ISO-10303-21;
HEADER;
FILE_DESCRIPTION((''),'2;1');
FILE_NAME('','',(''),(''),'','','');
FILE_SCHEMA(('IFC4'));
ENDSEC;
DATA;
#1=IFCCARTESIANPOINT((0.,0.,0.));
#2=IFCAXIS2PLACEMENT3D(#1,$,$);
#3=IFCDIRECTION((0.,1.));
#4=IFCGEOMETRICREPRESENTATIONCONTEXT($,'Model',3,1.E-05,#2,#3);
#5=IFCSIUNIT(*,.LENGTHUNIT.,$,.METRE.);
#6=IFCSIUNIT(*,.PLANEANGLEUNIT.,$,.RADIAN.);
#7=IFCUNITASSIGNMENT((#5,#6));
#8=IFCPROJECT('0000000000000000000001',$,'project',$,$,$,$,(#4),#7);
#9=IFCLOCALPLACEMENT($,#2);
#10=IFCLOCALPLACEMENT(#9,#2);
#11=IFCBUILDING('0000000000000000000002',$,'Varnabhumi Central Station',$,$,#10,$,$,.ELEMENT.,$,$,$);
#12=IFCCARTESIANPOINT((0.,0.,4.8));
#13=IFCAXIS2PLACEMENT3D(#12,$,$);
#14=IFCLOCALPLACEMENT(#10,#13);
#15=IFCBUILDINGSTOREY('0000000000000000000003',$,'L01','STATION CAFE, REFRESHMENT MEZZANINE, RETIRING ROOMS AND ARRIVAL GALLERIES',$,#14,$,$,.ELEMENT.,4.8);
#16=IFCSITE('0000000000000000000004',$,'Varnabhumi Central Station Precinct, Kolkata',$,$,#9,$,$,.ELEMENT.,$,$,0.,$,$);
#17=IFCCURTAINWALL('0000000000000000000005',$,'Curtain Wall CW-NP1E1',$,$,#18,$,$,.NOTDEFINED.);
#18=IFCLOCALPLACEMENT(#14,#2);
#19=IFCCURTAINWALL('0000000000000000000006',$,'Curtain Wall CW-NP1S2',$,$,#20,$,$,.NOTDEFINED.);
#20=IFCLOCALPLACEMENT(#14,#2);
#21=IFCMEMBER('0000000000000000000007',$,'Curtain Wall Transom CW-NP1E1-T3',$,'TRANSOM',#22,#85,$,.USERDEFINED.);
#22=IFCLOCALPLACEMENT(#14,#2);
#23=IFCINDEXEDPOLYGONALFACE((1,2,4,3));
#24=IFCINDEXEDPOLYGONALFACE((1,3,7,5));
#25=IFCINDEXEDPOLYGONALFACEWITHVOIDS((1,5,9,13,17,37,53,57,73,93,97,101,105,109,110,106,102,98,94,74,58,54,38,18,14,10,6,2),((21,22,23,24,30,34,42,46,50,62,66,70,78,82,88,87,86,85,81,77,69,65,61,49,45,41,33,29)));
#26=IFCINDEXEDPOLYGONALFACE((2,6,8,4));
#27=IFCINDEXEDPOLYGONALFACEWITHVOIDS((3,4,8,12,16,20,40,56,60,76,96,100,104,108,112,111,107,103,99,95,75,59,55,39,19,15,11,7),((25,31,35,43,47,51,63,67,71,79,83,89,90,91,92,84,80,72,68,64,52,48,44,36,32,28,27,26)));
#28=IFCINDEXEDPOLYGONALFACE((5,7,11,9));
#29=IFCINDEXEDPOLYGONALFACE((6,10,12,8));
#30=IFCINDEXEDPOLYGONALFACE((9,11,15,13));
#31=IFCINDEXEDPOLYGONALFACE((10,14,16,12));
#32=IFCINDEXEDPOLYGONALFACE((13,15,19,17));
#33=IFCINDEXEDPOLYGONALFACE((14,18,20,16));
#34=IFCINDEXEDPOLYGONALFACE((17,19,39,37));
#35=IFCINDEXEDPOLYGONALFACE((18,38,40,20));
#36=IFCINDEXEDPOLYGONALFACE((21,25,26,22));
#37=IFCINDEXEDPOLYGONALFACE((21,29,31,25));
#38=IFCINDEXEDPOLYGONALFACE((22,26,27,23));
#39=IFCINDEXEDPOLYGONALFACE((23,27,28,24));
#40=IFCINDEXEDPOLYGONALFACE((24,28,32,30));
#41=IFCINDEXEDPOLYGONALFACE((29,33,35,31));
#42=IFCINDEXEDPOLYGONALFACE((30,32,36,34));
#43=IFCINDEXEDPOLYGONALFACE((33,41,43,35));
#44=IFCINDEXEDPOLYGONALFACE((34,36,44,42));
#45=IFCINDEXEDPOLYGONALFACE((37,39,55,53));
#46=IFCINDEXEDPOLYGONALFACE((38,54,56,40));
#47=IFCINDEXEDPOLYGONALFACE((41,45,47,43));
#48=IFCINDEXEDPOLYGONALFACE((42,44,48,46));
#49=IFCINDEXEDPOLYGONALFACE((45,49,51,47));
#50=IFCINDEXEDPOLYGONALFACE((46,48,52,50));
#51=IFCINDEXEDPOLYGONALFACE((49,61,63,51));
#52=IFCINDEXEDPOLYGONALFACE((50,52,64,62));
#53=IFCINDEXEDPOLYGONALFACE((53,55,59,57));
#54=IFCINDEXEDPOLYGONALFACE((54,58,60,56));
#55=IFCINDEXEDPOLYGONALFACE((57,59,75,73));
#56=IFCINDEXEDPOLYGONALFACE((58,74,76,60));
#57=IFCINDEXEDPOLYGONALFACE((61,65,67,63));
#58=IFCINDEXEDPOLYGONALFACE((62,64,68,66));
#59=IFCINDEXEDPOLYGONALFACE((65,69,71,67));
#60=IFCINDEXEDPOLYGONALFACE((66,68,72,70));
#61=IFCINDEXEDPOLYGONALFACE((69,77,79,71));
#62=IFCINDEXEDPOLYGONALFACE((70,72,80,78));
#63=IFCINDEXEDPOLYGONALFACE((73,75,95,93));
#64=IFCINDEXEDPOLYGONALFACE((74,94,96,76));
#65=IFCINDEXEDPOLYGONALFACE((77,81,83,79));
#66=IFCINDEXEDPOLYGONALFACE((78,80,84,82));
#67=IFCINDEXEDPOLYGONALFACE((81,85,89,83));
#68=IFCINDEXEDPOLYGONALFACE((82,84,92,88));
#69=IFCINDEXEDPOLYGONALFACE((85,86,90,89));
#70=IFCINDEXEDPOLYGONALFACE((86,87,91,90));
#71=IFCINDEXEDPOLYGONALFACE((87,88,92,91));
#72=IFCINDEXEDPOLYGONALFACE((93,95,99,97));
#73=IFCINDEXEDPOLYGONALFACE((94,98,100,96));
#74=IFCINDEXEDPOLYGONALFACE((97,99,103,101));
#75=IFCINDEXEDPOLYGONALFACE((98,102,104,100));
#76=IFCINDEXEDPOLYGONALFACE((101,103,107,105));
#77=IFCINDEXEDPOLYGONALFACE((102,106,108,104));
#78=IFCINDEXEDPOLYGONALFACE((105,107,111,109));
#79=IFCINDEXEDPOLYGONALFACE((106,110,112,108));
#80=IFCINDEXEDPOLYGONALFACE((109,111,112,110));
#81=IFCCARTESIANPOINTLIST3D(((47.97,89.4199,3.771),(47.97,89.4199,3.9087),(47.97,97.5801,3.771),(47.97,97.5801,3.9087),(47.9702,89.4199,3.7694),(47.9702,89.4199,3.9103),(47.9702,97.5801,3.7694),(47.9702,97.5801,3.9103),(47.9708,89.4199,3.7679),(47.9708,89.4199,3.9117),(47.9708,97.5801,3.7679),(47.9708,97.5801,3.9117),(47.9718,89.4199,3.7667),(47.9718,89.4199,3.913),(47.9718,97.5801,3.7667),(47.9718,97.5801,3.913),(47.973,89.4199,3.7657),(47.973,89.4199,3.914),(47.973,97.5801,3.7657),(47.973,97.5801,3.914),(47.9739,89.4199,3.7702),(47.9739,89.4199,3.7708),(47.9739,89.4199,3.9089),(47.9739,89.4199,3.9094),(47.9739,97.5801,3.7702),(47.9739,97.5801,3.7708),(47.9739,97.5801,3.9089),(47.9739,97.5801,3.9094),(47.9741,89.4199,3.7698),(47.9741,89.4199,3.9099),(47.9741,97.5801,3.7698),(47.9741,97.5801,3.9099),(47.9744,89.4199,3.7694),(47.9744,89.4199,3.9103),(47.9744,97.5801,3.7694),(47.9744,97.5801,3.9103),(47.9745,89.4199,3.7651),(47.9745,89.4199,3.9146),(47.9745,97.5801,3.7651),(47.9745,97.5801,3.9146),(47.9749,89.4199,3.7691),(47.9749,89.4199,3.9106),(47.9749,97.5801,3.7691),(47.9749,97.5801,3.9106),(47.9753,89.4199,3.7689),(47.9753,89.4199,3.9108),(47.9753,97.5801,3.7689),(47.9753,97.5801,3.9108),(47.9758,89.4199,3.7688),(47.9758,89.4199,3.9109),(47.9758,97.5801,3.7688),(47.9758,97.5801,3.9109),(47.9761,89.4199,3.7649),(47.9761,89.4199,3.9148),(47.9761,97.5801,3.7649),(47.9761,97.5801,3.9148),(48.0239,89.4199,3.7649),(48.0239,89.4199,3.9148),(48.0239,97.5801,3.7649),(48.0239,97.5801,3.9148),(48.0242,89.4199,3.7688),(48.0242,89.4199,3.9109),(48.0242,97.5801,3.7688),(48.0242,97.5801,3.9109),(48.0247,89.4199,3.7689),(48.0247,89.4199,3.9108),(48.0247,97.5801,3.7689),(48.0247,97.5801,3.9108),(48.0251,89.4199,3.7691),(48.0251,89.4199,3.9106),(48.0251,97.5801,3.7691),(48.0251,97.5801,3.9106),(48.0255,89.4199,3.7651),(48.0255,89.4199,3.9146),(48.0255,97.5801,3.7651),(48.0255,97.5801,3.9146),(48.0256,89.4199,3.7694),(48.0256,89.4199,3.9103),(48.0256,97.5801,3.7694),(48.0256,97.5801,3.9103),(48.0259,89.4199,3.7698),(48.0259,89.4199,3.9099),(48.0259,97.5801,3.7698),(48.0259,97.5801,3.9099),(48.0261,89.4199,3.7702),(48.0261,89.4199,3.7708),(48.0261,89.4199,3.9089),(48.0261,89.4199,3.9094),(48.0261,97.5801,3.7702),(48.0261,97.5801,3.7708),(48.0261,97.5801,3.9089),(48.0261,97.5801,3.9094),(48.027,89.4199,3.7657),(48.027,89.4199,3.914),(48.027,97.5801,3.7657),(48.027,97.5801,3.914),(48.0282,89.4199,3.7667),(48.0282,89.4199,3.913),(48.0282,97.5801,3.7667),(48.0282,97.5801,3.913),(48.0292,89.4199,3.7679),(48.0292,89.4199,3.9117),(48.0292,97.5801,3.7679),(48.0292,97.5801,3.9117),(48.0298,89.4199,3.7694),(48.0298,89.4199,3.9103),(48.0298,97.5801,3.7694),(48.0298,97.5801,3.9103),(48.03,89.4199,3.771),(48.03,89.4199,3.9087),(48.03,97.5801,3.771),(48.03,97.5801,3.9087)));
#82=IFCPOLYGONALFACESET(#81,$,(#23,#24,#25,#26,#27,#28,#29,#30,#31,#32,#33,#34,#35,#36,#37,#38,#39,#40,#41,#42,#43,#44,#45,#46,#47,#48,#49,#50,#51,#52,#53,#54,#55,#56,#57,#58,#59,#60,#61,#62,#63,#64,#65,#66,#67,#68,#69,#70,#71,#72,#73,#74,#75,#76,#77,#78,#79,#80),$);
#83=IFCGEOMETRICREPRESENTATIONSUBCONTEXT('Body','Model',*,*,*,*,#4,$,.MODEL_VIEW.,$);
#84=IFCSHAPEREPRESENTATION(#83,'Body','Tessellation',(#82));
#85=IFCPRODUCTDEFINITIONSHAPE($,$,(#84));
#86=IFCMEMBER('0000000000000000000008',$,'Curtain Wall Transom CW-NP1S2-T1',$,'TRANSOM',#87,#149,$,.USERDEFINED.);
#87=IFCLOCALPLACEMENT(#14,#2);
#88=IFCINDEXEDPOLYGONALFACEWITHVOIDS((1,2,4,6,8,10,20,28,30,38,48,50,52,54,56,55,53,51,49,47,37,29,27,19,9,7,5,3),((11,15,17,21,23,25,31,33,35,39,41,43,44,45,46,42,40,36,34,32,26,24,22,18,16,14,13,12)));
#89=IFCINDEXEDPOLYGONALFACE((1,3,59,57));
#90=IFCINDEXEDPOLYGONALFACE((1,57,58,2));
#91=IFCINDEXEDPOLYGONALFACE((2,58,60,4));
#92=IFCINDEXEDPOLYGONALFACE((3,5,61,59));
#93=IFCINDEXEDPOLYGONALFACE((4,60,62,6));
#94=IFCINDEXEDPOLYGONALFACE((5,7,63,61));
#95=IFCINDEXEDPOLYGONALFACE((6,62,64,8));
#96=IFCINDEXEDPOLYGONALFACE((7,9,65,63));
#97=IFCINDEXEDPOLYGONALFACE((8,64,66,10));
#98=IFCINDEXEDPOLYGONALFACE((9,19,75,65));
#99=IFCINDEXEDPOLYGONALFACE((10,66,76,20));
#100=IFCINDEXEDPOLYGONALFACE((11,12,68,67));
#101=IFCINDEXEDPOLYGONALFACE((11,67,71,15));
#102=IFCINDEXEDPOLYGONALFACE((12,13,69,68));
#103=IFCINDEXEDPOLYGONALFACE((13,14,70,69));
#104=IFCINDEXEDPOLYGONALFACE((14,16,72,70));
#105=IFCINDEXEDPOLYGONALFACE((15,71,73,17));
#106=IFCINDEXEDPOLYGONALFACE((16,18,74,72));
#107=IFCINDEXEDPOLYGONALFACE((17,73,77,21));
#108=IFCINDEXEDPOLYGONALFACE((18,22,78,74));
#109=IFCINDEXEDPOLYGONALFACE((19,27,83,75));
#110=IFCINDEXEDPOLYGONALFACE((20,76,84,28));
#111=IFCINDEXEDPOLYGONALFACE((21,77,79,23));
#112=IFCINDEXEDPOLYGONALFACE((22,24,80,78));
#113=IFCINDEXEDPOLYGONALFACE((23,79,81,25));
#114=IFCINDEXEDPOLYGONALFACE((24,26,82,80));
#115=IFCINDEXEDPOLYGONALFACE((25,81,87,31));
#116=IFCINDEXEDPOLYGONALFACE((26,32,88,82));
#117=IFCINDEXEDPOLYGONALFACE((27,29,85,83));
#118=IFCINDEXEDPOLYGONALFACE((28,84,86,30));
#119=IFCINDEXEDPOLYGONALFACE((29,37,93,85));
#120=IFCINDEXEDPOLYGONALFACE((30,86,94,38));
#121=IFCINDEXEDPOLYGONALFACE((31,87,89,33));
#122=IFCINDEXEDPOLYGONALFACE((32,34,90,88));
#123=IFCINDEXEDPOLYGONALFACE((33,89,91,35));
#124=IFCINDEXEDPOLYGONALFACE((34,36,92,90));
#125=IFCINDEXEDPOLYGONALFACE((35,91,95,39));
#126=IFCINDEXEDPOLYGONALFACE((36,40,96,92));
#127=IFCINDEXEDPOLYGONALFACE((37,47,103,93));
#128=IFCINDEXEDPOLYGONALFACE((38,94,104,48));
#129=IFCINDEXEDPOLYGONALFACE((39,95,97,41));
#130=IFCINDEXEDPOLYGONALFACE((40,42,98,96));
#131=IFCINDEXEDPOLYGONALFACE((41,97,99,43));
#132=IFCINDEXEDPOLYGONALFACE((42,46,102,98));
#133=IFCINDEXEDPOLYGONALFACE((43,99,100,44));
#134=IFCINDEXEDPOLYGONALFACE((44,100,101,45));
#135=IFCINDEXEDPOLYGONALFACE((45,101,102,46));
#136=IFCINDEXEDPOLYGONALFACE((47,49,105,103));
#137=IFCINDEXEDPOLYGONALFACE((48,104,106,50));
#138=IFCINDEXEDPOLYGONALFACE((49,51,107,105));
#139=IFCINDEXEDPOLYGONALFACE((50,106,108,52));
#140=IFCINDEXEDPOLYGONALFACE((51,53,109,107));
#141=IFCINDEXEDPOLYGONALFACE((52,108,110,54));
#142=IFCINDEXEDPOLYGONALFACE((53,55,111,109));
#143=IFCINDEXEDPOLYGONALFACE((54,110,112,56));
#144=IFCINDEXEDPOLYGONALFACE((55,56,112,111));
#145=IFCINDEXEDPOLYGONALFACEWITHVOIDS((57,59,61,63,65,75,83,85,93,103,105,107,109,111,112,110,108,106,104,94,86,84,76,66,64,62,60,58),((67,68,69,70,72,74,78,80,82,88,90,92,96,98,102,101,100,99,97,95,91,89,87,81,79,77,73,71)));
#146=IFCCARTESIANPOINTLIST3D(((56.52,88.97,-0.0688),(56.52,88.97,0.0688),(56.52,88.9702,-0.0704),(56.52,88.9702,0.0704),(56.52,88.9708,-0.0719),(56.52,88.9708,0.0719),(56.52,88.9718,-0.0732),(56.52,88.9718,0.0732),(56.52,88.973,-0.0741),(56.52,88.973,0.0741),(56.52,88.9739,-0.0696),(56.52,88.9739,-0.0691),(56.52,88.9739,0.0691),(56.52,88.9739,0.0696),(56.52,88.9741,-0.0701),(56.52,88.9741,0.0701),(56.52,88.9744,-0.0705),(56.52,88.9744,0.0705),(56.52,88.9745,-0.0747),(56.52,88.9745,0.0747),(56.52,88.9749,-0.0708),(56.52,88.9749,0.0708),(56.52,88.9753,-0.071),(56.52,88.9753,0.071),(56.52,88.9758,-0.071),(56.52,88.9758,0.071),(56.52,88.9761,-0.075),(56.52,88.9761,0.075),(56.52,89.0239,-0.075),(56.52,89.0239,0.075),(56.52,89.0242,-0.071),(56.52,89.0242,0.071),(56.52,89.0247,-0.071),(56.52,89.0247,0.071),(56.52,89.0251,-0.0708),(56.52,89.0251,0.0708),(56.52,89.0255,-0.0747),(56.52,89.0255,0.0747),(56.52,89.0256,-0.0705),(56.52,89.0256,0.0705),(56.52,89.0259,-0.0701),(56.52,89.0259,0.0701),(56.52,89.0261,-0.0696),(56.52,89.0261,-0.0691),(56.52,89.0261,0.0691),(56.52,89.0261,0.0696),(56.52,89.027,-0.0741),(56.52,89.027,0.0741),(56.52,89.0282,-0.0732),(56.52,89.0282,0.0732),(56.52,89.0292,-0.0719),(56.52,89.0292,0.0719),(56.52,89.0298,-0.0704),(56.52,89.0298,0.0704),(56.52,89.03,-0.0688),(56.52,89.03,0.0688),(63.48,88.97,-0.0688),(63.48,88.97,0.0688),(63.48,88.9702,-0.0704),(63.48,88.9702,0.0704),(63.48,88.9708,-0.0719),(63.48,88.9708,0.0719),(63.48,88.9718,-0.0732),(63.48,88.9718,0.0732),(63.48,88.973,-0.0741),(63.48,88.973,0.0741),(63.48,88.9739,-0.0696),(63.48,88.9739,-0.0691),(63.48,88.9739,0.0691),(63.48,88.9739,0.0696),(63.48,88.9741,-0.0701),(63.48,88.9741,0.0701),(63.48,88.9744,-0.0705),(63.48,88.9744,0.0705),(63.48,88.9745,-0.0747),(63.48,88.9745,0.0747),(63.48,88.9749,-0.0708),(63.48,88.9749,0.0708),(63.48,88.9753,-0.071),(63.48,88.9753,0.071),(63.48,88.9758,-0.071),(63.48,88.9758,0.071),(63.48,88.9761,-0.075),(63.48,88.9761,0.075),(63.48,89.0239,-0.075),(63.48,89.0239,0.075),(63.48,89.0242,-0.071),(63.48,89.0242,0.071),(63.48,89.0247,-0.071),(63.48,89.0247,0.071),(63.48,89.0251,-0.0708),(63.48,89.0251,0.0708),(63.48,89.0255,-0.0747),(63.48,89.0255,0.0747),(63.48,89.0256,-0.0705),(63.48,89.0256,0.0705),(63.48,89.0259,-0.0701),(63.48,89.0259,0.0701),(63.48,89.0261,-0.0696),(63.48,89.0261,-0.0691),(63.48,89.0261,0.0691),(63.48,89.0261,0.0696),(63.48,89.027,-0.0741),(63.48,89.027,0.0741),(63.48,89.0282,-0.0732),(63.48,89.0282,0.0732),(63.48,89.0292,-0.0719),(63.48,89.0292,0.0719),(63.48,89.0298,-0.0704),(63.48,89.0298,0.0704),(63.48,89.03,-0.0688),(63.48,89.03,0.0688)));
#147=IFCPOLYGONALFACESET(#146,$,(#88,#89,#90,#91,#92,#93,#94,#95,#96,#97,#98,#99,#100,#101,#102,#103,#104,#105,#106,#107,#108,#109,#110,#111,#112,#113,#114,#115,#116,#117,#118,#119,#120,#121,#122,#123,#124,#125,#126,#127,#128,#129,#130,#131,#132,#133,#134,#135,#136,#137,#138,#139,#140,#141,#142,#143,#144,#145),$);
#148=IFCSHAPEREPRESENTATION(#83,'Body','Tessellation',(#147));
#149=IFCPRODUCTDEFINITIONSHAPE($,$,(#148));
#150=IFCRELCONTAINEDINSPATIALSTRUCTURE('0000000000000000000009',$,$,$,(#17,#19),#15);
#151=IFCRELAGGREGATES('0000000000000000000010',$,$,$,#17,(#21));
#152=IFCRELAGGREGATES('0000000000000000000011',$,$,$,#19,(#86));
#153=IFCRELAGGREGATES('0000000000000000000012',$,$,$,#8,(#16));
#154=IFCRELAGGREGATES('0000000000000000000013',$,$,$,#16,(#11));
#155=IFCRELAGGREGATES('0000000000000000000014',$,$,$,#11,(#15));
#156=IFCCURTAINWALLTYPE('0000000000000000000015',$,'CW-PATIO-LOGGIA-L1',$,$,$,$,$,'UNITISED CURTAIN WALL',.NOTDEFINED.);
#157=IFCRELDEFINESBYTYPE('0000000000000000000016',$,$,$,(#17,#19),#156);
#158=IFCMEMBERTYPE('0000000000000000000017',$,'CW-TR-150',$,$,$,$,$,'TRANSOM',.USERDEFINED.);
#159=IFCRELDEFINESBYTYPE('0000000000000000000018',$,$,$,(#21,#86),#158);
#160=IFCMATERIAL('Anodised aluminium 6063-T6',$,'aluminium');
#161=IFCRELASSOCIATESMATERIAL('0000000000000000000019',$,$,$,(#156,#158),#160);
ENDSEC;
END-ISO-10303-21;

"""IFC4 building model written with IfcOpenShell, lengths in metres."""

from ifc_helpers import new_model, si_unit, direction, frame, origin, origin_2d, place, context, subcontext, project, spatial, hollow_rectangle, extrude, material, material_profile, profile_set, type_object, element, aggregate, save


model = new_model("IFC4")

# Units and contexts
model_context = context("Model", 3, precision=1e-05, world=origin(), true_north=direction((0.0, 1.0)))
body_context = subcontext(model_context, "Body", "Model", "MODEL_VIEW")
ifc_project = project(units=[si_unit("LENGTHUNIT", "METRE"), si_unit("PLANEANGLEUNIT", "RADIAN")], contexts=[model_context])

# Site, building, storey
site_placement = place(None, origin())
site = spatial("IfcSite", under=ifc_project, at=site_placement, Name="Varnabhumi Central Station Precinct, Kolkata", CompositionType="ELEMENT", RefElevation=0.0)
building_placement = place(site_placement, origin())
building = spatial("IfcBuilding", under=site, at=building_placement, Name="Varnabhumi Central Station", CompositionType="ELEMENT")
storey_placement = place(building_placement, frame((0.0, 0.0, 4.8)))
storey = spatial("IfcBuildingStorey", under=building, at=storey_placement, Name="L01", Description="STATION CAFE, REFRESHMENT MEZZANINE, RETIRING ROOMS AND ARRIVAL GALLERIES", CompositionType="ELEMENT", Elevation=4.8)

# Curtain wall
ifc_material_1 = material(Name="Anodised aluminium 6063-T6", Category="aluminium")
curtain_wall_type = type_object("IfcCurtainWallType", Name="CW-PATIO-LOGGIA-L1", ElementType="UNITISED CURTAIN WALL", PredefinedType="NOTDEFINED", material=ifc_material_1)
curtain_wall_1_placement = place(storey_placement, origin())
curtain_wall_1 = element("IfcCurtainWall", 1, at=curtain_wall_1_placement, inside=storey, type_object=curtain_wall_type, Name="Curtain Wall CW-NP1E1", PredefinedType="NOTDEFINED")

# Curtain wall
curtain_wall_2_placement = place(storey_placement, origin())
curtain_wall_2 = element("IfcCurtainWall", 2, at=curtain_wall_2_placement, inside=storey, type_object=curtain_wall_type, Name="Curtain Wall CW-NP1S2", PredefinedType="NOTDEFINED")

# Members
ifc_material_profile_1 = material_profile(ifc_material_1, hollow_rectangle(XDim=0.0601, YDim=0.1499, WallThickness=0.0039, InnerFilletRadius=0.002, OuterFilletRadius=0.0061, at=origin_2d()), Name="Anodised aluminium 6063-T6", Category="aluminium")
ifc_profile_set_1 = profile_set([ifc_material_profile_1], Name="Anodised aluminium 6063-T6")
member_type_1 = type_object("IfcMemberType", Name="CW-TR-150", ElementType="TRANSOM", PredefinedType="USERDEFINED", material=ifc_profile_set_1)
member_1_placement = place(storey_placement, frame((48.0, 89.4199, 3.8398), z_axis=(0.0, 1.0, 0.0), x_axis=(-1.0, 0.0, 0.0)))
member_1 = element("IfcMember", 3, at=member_1_placement, type_object=member_type_1, Name="Curtain Wall Transom CW-NP1E1-T3", ObjectType="TRANSOM", PredefinedType="USERDEFINED", context=body_context, shape_type="SweptSolid", body=[
    extrude(hollow_rectangle(XDim=0.0601, YDim=0.1499, WallThickness=0.0039, InnerFilletRadius=0.002, OuterFilletRadius=0.0061, at=origin_2d()), origin(), (0.0, 0.0, 1.0), 8.1602),
])
member_2_placement = place(storey_placement, frame((56.52, 89.0, 0.0), z_axis=(1.0, 0.0, 0.0), x_axis=(0.0, 1.0, 0.0)))
member_2 = element("IfcMember", 4, at=member_2_placement, type_object=member_type_1, Name="Curtain Wall Transom CW-NP1S2-T1", ObjectType="TRANSOM", PredefinedType="USERDEFINED", context=body_context, shape_type="SweptSolid", body=[
    extrude(hollow_rectangle(XDim=0.0601, YDim=0.1499, WallThickness=0.0039, InnerFilletRadius=0.002, OuterFilletRadius=0.0061, at=origin_2d()), origin(), (0.0, 0.0, 1.0), 6.96),
])

aggregate(curtain_wall_1, [member_1])
aggregate(curtain_wall_2, [member_2])

save(model, "model.ifc")
